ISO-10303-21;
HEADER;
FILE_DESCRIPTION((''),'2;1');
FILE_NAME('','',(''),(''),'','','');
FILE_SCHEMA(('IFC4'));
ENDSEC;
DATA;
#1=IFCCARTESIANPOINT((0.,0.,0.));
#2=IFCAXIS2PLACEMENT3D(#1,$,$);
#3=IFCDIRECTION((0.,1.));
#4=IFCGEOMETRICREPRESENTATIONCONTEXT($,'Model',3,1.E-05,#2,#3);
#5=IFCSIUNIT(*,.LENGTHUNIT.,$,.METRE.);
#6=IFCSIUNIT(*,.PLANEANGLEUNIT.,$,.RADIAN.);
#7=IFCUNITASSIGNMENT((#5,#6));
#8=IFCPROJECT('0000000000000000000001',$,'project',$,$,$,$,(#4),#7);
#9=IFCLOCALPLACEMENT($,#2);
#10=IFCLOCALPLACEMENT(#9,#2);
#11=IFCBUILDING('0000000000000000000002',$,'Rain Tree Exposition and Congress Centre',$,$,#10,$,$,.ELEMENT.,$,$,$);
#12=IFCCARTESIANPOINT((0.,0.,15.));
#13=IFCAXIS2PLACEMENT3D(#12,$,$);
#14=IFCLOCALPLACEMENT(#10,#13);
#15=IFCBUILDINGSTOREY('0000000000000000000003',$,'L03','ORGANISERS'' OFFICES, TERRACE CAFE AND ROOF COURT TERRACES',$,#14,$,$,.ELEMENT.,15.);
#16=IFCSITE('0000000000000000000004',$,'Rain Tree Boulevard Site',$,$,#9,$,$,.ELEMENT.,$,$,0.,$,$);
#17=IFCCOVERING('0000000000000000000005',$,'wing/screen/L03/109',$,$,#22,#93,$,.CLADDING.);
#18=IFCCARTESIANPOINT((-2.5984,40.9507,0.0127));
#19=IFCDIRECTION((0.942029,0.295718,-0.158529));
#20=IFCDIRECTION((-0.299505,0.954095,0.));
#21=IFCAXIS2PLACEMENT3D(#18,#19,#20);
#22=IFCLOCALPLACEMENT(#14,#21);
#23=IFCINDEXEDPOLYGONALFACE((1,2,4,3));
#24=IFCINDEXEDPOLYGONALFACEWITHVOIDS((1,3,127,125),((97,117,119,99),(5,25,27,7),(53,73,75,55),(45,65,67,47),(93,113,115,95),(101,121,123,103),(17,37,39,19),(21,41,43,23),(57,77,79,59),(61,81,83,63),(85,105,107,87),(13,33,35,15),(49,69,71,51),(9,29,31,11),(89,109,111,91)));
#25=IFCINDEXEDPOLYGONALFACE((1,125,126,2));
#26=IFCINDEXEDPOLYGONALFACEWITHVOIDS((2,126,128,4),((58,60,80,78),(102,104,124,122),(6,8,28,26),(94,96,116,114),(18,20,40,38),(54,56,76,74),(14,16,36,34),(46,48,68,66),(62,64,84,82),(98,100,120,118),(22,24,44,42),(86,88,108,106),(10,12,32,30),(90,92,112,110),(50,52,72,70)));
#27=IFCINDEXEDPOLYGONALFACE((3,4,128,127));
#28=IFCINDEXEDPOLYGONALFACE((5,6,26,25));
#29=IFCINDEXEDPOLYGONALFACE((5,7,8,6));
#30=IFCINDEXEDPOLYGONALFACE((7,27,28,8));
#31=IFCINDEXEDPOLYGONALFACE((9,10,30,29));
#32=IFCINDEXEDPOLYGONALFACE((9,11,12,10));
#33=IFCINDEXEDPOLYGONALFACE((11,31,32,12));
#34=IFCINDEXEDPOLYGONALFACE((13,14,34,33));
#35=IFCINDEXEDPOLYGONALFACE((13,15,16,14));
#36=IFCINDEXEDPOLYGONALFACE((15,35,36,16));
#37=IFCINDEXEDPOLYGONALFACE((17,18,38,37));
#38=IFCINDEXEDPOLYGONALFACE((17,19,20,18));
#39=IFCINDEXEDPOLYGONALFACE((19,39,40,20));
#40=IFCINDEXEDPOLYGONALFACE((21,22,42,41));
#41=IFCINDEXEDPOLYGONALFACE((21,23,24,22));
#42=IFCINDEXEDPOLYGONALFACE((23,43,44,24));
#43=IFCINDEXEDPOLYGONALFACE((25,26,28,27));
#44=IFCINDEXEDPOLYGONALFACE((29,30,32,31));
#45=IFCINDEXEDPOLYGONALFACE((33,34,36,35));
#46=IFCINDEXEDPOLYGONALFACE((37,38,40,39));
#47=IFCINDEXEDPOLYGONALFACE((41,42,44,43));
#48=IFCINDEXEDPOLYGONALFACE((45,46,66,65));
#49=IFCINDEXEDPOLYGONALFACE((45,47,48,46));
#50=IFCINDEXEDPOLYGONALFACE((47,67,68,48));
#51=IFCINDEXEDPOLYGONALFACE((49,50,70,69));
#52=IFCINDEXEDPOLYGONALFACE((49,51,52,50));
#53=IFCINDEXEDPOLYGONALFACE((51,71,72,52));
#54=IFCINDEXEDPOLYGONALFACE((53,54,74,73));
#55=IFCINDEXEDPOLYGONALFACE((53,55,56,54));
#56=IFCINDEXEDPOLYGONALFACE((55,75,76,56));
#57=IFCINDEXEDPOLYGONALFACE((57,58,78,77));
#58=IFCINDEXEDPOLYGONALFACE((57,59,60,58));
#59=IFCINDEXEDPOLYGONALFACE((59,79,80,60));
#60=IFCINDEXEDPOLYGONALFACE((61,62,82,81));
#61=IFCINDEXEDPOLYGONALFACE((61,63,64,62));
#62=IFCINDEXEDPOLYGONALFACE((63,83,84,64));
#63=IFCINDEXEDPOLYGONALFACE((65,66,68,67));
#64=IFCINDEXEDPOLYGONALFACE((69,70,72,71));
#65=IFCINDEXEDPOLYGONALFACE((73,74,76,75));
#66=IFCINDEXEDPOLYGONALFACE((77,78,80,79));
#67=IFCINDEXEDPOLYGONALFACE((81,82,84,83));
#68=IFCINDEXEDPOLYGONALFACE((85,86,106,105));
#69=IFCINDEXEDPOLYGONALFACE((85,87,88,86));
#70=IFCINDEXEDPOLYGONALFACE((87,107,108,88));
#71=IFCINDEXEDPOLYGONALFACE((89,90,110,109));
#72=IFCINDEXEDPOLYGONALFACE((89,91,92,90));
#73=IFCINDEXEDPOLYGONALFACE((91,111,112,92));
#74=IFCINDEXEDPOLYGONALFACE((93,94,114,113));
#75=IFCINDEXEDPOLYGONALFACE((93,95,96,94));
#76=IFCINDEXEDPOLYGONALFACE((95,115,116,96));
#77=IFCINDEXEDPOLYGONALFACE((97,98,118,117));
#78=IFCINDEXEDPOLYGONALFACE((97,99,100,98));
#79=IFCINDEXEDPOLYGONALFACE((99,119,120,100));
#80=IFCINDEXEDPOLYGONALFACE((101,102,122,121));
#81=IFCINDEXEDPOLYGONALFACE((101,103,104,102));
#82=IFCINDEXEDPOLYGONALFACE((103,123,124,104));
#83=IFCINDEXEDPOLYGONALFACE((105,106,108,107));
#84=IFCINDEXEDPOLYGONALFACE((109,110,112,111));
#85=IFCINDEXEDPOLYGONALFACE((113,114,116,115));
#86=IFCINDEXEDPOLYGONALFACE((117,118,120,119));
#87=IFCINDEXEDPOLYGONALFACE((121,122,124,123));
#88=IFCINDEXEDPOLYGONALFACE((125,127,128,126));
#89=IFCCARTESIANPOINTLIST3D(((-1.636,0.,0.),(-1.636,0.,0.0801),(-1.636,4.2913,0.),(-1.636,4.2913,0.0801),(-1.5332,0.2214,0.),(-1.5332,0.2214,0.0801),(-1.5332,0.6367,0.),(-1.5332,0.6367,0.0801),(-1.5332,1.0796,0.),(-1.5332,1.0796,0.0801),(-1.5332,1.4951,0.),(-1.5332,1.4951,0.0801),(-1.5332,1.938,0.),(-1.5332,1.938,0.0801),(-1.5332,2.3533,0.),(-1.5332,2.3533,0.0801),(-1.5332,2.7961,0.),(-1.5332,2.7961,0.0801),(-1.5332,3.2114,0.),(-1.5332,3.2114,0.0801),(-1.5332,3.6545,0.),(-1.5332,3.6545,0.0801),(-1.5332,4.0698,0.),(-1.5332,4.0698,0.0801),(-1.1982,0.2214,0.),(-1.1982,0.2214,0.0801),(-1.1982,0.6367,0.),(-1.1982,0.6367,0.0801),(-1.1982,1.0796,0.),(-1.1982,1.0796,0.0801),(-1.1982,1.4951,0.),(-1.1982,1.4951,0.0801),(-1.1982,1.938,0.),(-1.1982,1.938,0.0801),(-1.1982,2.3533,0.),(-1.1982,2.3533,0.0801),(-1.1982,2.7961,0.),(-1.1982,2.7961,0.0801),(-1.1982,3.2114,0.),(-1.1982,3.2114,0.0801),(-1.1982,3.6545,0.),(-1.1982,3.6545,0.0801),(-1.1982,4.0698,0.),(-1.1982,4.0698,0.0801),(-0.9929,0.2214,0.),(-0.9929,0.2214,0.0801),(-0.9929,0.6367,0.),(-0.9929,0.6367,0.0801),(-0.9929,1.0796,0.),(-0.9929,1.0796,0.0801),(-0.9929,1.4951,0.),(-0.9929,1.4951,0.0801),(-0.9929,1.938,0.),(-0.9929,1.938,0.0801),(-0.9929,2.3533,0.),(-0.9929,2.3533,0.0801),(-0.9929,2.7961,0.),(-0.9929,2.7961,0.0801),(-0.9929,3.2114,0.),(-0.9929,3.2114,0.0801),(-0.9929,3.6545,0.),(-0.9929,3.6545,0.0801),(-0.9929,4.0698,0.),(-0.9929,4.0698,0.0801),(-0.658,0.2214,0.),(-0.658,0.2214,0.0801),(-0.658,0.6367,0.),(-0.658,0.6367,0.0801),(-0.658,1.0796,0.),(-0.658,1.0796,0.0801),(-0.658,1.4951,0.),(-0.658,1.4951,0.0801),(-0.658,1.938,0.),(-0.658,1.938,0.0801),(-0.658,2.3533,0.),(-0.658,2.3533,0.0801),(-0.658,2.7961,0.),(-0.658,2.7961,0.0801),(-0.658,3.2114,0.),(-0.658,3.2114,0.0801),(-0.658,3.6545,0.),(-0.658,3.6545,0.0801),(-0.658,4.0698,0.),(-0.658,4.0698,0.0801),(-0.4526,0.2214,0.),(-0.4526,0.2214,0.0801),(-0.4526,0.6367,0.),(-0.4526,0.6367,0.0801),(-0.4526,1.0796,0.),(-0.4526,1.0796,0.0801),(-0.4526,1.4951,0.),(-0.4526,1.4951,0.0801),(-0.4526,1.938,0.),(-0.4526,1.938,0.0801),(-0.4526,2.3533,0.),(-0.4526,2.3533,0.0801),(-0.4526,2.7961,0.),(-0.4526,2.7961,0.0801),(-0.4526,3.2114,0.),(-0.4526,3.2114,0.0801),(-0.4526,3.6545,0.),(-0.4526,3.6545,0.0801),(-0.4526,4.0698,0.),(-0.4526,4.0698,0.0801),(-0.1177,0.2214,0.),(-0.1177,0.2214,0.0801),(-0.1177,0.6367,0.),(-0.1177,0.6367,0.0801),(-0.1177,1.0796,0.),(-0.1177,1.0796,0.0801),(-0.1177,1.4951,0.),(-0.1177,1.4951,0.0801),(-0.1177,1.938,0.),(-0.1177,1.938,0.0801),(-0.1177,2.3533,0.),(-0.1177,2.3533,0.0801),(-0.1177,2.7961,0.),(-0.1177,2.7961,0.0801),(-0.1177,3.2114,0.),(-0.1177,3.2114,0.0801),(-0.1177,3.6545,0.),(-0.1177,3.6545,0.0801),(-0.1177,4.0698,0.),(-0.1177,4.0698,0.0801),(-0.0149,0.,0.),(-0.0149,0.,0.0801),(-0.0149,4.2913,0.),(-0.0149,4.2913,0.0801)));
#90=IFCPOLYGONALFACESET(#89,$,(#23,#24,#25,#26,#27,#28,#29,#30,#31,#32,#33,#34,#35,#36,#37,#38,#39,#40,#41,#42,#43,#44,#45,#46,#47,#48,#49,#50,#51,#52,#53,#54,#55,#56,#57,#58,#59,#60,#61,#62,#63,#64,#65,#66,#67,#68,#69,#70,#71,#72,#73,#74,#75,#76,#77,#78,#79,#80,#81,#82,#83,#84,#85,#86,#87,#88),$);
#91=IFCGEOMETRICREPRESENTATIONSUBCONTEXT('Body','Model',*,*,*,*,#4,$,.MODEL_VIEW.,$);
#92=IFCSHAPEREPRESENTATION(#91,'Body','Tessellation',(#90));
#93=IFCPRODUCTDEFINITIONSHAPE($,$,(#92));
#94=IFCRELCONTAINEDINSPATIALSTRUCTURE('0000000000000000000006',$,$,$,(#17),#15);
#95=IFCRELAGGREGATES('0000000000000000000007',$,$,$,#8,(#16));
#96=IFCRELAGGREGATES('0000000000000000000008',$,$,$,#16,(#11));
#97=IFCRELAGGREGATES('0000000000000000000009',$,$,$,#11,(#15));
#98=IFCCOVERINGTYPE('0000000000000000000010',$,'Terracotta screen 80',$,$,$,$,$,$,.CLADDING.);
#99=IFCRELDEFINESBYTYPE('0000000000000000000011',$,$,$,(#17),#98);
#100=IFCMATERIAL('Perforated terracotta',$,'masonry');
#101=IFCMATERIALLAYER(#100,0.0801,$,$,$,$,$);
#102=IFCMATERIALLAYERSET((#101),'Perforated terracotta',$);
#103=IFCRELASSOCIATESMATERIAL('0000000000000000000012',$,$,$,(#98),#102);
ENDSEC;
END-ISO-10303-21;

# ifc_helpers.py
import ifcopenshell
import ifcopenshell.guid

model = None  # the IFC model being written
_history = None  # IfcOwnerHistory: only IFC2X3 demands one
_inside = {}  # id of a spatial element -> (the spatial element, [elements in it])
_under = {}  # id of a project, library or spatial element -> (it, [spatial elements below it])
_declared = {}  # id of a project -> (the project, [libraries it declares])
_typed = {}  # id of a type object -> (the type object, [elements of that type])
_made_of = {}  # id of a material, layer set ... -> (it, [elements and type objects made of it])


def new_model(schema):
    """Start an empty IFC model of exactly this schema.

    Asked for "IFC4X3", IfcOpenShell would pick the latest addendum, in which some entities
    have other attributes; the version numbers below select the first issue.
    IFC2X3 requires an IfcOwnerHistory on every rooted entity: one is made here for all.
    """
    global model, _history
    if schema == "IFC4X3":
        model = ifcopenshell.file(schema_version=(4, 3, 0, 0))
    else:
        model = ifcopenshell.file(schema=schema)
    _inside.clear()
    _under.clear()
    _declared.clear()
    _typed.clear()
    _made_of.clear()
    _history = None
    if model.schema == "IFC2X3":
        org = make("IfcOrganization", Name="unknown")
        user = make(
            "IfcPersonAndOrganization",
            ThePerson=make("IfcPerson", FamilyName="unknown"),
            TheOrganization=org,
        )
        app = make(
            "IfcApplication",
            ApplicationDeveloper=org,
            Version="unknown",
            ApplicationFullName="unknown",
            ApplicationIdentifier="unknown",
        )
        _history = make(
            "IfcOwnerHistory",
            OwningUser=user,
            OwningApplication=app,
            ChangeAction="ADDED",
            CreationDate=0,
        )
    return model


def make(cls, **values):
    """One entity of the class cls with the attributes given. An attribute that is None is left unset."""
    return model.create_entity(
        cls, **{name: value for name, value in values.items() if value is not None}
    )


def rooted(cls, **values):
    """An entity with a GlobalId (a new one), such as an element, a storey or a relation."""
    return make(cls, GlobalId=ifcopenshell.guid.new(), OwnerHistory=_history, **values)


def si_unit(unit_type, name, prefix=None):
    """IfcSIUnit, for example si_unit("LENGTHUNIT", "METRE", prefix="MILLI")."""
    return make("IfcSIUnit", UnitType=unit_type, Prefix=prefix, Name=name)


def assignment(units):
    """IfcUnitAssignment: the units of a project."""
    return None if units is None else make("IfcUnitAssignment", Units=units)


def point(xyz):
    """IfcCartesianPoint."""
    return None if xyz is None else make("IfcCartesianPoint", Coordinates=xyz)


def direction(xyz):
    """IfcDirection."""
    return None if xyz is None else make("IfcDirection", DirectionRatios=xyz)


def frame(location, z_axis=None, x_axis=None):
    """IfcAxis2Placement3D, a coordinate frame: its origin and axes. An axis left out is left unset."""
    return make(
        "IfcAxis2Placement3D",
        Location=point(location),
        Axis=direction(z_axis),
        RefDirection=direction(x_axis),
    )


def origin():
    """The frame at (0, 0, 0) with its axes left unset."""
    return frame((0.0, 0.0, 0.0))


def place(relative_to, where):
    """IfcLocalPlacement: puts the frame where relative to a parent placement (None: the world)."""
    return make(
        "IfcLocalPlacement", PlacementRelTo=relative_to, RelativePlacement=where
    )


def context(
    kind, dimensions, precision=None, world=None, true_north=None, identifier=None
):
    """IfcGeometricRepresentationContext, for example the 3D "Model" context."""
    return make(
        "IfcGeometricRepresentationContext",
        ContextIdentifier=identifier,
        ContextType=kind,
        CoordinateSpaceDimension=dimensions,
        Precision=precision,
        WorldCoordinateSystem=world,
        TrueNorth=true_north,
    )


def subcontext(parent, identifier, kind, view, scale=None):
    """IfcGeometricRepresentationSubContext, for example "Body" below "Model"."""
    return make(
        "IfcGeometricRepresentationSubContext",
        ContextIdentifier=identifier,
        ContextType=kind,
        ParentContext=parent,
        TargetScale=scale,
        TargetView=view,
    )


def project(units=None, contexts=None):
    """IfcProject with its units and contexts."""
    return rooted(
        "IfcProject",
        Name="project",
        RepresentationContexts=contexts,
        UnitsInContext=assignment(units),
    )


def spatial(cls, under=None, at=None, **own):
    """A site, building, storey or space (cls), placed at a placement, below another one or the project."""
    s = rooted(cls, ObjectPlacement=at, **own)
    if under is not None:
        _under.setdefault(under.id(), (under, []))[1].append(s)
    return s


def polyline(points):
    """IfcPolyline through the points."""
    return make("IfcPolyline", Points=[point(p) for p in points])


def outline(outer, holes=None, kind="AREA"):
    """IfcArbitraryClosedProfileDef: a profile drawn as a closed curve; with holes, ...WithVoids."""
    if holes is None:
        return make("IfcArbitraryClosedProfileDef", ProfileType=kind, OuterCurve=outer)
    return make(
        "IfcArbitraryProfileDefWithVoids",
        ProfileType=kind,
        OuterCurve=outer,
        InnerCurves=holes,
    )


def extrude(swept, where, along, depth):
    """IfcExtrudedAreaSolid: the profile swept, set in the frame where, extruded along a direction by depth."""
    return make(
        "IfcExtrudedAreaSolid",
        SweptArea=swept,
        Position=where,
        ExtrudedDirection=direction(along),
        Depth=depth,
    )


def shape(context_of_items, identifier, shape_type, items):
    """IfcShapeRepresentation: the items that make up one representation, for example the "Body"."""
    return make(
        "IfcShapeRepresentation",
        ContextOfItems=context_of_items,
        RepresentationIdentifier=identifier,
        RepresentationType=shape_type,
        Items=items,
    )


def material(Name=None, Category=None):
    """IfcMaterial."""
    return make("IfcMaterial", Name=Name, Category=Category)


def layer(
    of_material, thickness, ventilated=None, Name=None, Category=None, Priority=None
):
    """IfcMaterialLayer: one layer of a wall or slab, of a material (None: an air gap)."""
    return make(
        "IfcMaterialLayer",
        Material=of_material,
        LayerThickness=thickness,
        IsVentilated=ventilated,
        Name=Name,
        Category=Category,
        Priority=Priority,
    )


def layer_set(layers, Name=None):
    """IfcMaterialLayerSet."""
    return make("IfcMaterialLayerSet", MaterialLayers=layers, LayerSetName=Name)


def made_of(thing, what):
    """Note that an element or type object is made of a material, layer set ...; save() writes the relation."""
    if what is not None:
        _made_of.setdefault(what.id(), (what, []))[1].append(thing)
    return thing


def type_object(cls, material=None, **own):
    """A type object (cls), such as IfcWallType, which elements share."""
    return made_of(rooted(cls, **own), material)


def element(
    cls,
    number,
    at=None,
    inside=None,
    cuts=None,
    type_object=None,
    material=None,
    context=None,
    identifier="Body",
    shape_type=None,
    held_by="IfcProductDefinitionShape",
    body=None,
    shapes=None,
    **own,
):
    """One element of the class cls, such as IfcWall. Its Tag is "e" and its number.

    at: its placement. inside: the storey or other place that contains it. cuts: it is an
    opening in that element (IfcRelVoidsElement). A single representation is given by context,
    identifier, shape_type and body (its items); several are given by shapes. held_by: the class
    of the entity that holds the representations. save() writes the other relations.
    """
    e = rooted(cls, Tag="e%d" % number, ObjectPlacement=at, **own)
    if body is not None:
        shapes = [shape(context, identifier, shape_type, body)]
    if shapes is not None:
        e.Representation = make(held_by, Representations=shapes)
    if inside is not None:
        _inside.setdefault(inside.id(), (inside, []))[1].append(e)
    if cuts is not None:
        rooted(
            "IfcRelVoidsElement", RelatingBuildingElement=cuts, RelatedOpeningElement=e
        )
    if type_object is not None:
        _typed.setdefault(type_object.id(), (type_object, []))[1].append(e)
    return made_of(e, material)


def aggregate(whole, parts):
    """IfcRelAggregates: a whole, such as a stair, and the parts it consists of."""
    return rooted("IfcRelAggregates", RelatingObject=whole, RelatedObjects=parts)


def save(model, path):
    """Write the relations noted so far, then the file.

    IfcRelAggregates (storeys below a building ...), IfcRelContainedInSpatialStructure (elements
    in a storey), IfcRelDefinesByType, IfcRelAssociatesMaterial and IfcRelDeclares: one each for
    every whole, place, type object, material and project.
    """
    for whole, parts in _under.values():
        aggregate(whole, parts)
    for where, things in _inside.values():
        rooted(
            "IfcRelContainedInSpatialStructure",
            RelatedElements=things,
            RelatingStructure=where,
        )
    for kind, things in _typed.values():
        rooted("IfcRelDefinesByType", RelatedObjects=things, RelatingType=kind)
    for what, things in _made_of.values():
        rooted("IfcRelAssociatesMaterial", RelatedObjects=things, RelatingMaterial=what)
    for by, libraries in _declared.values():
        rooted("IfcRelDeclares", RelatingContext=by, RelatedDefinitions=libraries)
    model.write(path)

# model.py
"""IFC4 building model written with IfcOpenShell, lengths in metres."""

from ifc_helpers import new_model, si_unit, direction, frame, origin, place, context, subcontext, project, spatial, polyline, outline, extrude, material, layer, layer_set, type_object, element, save


model = new_model("IFC4")

# Units and contexts
model_context = context("Model", 3, precision=1e-05, world=origin(), true_north=direction((0.0, 1.0)))
body_context = subcontext(model_context, "Body", "Model", "MODEL_VIEW")
ifc_project = project(units=[si_unit("LENGTHUNIT", "METRE"), si_unit("PLANEANGLEUNIT", "RADIAN")], contexts=[model_context])

# Site, building, storey
site_placement = place(None, origin())
site = spatial("IfcSite", under=ifc_project, at=site_placement, Name="Rain Tree Boulevard Site", CompositionType="ELEMENT", RefElevation=0.0)
building_placement = place(site_placement, origin())
building = spatial("IfcBuilding", under=site, at=building_placement, Name="Rain Tree Exposition and Congress Centre", CompositionType="ELEMENT")
storey_placement = place(building_placement, frame((0.0, 0.0, 15.0)))
storey = spatial("IfcBuildingStorey", under=building, at=storey_placement, Name="L03", Description="ORGANISERS' OFFICES, TERRACE CAFE AND ROOF COURT TERRACES", CompositionType="ELEMENT", Elevation=15.0)

# Covering
ifc_material_1 = material(Name="Perforated terracotta", Category="masonry")
ifc_layer_1 = layer(ifc_material_1, 0.0801)
ifc_layer_set_1 = layer_set([ifc_layer_1], Name="Perforated terracotta")
covering_type = type_object("IfcCoveringType", Name="Terracotta screen 80", PredefinedType="CLADDING", material=ifc_layer_set_1)
covering_placement = place(storey_placement, frame((-2.5984, 40.9507, 0.0127), z_axis=(0.942029, 0.295718, -0.158529), x_axis=(-0.299505, 0.954095, 0.0)))
element("IfcCovering", 1, at=covering_placement, inside=storey, type_object=covering_type, Name="wing/screen/L03/109", PredefinedType="CLADDING", context=body_context, shape_type="SweptSolid", body=[
    extrude(outline(polyline([(-1.636, 0.0), (-1.636, 4.2913), (-0.0149, 4.2913), (-0.0149, 0.0), (-1.636, 0.0)]), holes=[polyline([(-0.1177, 0.2214), (-0.1177, 0.6367), (-0.4526, 0.6367), (-0.4526, 0.2214), (-0.1177, 0.2214)]), polyline([(-0.1177, 1.0796), (-0.1177, 1.4951), (-0.4526, 1.4951), (-0.4526, 1.0796), (-0.1177, 1.0796)]), polyline([(-0.1177, 1.938), (-0.1177, 2.3533), (-0.4526, 2.3533), (-0.4526, 1.938), (-0.1177, 1.938)]), polyline([(-0.1177, 2.7961), (-0.1177, 3.2114), (-0.4526, 3.2114), (-0.4526, 2.7961), (-0.1177, 2.7961)]), polyline([(-0.1177, 3.6545), (-0.1177, 4.0698), (-0.4526, 4.0698), (-0.4526, 3.6545), (-0.1177, 3.6545)]), polyline([(-0.658, 0.2214), (-0.658, 0.6367), (-0.9929, 0.6367), (-0.9929, 0.2214), (-0.658, 0.2214)]), polyline([(-0.658, 1.0796), (-0.658, 1.4951), (-0.9929, 1.4951), (-0.9929, 1.0796), (-0.658, 1.0796)]), polyline([(-0.658, 1.938), (-0.658, 2.3533), (-0.9929, 2.3533), (-0.9929, 1.938), (-0.658, 1.938)]), polyline([(-0.658, 2.7961), (-0.658, 3.2114), (-0.9929, 3.2114), (-0.9929, 2.7961), (-0.658, 2.7961)]), polyline([(-0.658, 3.6545), (-0.658, 4.0698), (-0.9929, 4.0698), (-0.9929, 3.6545), (-0.658, 3.6545)]), polyline([(-1.1982, 0.2214), (-1.1982, 0.6367), (-1.5332, 0.6367), (-1.5332, 0.2214), (-1.1982, 0.2214)]), polyline([(-1.1982, 1.0796), (-1.1982, 1.4951), (-1.5332, 1.4951), (-1.5332, 1.0796), (-1.1982, 1.0796)]), polyline([(-1.1982, 1.938), (-1.1982, 2.3533), (-1.5332, 2.3533), (-1.5332, 1.938), (-1.1982, 1.938)]), polyline([(-1.1982, 2.7961), (-1.1982, 3.2114), (-1.5332, 3.2114), (-1.5332, 2.7961), (-1.1982, 2.7961)]), polyline([(-1.1982, 3.6545), (-1.1982, 4.0698), (-1.5332, 4.0698), (-1.5332, 3.6545), (-1.1982, 3.6545)])]), origin(), (0.0, 0.0, 1.0), 0.0801),
])

save(model, "model.ifc")
